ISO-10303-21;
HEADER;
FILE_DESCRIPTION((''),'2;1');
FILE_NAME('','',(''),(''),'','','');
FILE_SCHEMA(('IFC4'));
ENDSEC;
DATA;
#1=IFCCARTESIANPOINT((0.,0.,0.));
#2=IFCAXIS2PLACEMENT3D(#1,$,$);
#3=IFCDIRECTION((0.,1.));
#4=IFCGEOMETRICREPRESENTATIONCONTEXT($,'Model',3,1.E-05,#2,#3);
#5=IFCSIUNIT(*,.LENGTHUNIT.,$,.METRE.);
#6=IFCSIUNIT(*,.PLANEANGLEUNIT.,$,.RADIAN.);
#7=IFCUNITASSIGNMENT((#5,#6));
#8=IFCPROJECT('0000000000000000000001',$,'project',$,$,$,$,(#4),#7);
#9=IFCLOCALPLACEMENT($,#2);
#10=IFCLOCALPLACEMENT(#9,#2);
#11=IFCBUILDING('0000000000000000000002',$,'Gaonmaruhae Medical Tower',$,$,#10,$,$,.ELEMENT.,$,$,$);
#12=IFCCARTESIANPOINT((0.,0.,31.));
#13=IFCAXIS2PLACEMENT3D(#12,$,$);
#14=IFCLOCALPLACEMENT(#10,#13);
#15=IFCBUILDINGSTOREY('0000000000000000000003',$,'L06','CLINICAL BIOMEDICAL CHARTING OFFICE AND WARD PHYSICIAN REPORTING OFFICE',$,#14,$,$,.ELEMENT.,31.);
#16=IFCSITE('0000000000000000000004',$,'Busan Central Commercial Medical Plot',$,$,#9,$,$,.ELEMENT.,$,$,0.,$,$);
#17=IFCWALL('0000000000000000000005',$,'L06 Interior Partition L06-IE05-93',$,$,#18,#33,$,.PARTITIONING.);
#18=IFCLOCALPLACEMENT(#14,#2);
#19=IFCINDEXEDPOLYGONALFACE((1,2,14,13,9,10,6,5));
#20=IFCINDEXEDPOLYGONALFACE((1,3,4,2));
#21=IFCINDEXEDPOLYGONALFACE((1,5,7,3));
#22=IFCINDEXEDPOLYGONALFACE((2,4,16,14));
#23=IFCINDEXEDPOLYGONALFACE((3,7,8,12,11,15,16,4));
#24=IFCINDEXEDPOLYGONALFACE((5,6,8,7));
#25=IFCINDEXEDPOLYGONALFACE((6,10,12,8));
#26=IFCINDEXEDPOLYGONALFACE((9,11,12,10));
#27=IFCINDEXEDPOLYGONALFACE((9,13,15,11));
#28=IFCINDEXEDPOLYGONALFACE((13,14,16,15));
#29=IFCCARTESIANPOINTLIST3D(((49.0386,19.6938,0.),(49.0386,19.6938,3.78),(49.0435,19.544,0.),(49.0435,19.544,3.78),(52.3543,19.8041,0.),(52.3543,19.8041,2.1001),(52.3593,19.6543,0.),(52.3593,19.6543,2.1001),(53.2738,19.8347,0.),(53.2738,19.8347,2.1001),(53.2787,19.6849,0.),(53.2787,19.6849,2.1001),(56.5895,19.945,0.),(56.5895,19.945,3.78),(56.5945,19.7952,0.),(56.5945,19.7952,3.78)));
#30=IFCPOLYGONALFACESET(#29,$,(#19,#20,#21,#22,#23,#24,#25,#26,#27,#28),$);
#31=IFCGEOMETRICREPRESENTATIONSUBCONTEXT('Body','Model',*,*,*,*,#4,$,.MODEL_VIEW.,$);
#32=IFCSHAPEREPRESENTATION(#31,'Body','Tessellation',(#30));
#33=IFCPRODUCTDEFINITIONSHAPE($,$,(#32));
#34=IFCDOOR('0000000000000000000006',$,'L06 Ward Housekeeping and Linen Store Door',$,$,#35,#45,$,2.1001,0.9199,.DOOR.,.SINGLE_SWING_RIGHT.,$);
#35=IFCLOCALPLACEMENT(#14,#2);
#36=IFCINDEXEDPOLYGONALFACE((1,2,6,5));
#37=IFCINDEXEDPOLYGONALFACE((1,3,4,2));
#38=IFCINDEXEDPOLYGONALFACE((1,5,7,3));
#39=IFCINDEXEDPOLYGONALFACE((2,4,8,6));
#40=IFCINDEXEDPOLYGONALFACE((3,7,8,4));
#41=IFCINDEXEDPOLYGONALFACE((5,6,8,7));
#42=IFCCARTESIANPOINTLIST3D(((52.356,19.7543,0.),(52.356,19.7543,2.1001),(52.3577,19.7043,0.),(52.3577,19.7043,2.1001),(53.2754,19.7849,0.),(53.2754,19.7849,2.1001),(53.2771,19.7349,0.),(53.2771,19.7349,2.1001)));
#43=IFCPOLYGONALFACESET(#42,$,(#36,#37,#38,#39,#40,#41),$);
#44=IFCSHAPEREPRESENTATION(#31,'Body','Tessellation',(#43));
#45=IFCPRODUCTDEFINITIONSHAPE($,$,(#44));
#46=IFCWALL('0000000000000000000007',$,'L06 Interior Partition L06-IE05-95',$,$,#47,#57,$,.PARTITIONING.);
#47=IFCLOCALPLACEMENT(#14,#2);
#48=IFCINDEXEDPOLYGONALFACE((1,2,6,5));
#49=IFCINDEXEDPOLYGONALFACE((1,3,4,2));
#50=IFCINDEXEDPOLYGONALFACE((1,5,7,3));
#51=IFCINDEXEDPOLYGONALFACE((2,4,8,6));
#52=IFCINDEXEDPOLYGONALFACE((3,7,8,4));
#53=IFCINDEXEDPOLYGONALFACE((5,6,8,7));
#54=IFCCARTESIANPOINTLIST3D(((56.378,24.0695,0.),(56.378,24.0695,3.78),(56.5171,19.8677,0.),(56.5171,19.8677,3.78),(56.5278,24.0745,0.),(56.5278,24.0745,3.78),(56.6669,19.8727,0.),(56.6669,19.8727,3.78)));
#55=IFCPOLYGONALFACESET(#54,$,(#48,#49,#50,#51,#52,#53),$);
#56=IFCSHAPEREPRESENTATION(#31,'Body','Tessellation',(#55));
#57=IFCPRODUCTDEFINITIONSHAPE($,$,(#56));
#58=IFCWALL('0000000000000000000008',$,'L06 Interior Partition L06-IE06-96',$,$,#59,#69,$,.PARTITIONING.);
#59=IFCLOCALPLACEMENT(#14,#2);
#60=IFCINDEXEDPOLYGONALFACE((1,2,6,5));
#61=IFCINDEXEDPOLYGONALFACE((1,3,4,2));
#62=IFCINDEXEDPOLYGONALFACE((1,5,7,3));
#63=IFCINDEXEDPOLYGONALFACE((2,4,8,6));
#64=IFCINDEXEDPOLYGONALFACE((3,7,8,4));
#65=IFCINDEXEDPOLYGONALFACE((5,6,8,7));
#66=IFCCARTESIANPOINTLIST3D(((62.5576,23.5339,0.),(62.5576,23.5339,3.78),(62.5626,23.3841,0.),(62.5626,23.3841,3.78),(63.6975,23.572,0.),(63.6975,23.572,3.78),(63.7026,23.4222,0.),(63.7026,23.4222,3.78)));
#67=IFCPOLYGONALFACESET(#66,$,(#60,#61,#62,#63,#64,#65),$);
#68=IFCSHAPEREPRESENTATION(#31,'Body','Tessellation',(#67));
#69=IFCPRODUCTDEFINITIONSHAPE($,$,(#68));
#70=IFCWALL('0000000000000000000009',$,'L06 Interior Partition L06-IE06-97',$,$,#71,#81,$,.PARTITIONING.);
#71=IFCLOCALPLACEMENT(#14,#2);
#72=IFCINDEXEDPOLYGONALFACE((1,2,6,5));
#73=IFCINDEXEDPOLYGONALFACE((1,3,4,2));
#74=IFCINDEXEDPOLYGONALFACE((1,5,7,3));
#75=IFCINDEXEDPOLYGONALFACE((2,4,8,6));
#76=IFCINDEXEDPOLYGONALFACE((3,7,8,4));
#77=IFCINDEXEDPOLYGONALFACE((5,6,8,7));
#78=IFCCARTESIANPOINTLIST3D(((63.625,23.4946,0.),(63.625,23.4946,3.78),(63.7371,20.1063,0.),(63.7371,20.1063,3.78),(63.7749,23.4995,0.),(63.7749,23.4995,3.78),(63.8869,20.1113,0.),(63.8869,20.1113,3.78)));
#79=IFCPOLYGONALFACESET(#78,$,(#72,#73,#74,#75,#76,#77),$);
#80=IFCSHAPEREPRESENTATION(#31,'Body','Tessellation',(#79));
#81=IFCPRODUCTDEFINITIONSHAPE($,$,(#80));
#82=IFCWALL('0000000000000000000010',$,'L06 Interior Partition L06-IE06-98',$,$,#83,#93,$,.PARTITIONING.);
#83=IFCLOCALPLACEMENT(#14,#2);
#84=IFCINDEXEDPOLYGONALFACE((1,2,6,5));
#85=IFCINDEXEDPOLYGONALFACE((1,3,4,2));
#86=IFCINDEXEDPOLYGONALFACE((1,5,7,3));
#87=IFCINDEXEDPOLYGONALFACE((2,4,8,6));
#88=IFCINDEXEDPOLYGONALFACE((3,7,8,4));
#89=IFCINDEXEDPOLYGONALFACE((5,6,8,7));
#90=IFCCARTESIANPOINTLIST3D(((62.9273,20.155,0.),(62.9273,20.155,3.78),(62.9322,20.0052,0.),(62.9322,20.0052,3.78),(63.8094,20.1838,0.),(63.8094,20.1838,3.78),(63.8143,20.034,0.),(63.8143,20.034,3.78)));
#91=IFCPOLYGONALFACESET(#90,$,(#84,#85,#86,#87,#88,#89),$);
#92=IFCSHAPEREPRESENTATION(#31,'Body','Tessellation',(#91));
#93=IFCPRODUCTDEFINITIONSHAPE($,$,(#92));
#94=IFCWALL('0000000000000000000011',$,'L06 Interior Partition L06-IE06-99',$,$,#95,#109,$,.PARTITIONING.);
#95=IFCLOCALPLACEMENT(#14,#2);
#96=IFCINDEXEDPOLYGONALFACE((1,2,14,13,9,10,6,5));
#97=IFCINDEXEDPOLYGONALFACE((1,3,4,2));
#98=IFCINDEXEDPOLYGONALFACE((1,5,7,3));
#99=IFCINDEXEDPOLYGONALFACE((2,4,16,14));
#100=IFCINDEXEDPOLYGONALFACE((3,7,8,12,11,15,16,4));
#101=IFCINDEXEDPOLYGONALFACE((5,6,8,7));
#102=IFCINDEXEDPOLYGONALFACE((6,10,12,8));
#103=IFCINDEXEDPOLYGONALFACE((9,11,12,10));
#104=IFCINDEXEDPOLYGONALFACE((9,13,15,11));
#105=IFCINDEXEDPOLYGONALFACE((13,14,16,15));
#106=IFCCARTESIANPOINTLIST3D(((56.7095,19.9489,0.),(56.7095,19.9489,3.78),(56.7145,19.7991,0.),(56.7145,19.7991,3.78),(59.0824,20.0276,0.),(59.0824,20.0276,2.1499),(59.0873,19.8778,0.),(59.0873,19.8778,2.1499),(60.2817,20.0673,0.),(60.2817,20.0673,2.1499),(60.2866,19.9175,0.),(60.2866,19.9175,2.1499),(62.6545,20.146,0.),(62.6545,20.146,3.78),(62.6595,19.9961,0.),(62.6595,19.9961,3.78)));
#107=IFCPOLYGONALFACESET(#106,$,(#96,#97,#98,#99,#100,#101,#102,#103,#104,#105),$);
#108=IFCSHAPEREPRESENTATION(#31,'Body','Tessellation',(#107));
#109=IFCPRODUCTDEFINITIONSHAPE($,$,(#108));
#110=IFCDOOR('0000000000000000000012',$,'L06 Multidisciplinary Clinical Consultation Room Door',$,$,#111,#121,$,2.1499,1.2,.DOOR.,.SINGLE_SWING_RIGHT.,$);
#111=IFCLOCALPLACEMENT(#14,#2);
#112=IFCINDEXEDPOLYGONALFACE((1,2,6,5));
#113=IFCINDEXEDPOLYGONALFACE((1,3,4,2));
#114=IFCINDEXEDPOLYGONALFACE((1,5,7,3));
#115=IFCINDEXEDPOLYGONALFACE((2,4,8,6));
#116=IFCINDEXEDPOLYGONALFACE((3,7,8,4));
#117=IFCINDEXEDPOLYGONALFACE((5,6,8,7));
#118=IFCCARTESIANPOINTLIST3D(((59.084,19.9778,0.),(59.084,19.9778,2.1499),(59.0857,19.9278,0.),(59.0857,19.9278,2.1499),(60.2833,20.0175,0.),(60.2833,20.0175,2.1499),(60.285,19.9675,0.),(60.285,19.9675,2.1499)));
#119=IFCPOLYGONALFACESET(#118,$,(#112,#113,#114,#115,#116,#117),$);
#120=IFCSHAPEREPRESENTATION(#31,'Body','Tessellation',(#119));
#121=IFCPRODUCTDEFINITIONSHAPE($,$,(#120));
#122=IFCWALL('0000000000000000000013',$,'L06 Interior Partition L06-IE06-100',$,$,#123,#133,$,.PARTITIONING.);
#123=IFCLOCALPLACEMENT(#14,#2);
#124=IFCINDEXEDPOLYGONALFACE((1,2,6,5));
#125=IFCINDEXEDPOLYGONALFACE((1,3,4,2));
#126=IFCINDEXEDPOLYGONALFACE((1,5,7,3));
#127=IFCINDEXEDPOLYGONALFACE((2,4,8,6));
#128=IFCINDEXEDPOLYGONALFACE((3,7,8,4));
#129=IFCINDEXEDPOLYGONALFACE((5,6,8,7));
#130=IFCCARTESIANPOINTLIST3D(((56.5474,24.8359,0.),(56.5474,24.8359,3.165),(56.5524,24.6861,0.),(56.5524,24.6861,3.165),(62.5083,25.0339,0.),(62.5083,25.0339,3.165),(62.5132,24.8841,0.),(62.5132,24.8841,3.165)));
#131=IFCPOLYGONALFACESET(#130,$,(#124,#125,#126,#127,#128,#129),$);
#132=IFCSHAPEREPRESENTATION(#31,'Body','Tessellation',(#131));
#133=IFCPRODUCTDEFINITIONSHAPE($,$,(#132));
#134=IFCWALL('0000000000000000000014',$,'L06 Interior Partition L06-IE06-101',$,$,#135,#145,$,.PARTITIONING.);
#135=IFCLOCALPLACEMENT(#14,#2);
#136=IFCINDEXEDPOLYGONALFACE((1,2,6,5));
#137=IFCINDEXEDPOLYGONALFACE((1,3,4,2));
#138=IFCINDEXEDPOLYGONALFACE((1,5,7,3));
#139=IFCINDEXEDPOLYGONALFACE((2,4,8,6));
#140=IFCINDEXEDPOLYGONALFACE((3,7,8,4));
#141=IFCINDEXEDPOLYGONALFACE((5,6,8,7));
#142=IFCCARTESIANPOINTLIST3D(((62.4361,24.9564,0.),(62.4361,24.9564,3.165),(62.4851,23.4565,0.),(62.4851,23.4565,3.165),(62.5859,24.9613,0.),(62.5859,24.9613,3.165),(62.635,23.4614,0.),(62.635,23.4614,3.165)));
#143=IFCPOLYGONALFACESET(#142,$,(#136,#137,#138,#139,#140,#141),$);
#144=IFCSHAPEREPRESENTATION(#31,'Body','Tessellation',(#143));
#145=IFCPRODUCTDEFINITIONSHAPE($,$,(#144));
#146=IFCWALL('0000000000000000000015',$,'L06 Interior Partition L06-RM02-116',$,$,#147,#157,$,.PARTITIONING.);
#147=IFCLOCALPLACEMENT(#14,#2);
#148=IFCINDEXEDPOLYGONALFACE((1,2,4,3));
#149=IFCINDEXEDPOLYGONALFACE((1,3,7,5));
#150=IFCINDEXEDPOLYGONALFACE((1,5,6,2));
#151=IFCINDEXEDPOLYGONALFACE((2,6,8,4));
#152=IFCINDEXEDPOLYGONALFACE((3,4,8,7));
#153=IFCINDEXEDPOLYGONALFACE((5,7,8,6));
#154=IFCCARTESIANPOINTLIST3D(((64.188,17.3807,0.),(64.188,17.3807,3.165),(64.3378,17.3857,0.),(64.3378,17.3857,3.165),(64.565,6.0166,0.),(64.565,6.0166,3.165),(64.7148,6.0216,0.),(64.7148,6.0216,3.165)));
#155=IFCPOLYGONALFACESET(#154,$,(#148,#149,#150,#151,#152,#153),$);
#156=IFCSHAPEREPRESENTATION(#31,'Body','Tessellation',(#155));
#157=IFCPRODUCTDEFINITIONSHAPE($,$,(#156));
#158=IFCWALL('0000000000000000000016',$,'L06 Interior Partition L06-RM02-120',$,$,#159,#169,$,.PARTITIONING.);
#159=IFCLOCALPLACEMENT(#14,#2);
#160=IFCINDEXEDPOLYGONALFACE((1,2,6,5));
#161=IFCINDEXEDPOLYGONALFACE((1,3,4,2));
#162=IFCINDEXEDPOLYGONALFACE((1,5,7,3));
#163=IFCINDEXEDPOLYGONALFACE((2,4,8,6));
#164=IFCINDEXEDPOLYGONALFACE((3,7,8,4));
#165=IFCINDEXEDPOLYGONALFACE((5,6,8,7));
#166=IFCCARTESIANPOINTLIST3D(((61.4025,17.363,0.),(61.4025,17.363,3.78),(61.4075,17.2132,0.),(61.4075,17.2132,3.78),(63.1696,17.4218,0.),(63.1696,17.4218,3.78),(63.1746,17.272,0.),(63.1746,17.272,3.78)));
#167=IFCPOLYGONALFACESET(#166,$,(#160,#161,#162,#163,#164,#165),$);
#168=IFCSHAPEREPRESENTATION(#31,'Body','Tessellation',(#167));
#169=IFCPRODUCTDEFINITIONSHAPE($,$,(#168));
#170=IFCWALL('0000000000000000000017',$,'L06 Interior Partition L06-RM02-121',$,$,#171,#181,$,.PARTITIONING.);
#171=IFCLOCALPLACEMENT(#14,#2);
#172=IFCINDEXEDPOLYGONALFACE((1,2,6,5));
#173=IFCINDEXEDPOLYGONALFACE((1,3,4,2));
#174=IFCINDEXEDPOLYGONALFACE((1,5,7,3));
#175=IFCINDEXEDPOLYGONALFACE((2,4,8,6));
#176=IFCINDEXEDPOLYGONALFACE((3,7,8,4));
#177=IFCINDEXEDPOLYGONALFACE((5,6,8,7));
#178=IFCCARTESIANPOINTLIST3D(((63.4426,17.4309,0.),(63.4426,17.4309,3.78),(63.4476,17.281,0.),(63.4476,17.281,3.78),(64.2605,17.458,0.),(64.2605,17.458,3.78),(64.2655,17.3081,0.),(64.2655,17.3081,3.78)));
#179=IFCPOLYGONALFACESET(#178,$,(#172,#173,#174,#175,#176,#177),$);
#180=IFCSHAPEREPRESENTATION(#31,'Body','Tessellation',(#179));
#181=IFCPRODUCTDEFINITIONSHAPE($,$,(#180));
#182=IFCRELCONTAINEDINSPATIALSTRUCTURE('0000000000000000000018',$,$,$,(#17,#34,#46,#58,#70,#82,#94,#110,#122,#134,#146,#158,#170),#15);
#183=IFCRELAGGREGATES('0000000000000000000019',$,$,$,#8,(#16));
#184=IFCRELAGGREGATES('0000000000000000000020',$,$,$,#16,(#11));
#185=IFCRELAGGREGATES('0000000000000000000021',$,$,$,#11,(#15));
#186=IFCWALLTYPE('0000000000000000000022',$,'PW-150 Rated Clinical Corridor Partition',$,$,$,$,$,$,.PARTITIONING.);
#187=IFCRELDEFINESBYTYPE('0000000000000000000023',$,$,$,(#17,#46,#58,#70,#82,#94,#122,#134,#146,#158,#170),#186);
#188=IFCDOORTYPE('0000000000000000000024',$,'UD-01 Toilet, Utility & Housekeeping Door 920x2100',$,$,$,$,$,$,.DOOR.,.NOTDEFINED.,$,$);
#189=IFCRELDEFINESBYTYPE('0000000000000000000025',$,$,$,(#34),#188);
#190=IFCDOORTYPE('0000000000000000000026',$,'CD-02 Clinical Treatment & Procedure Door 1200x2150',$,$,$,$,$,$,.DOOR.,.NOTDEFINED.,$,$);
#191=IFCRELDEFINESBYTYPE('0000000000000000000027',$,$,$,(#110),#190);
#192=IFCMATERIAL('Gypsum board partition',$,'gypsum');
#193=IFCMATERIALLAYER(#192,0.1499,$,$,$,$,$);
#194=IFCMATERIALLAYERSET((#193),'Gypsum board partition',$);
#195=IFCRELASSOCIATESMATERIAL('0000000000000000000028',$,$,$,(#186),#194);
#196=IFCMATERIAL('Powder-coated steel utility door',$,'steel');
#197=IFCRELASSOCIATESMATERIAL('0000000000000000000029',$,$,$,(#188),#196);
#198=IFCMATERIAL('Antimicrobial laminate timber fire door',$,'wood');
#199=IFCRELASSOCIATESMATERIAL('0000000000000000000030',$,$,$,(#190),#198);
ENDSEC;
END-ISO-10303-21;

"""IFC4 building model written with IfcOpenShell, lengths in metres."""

from ifc_helpers import new_model, si_unit, direction, frame, frame_2d, origin, place, context, subcontext, project, spatial, rectangle, extrude, material, layer, layer_set, type_object, element, fill, save


model = new_model("IFC4")

# Units and contexts
model_context = context("Model", 3, precision=1e-05, world=origin(), true_north=direction((0.0, 1.0)))
body_context = subcontext(model_context, "Body", "Model", "MODEL_VIEW")
ifc_project = project(units=[si_unit("LENGTHUNIT", "METRE"), si_unit("PLANEANGLEUNIT", "RADIAN")], contexts=[model_context])

# Site, building, storey
site_placement = place(None, origin())
site = spatial("IfcSite", under=ifc_project, at=site_placement, Name="Busan Central Commercial Medical Plot", CompositionType="ELEMENT", RefElevation=0.0)
building_placement = place(site_placement, origin())
building = spatial("IfcBuilding", under=site, at=building_placement, Name="Gaonmaruhae Medical Tower", CompositionType="ELEMENT")
storey_placement = place(building_placement, frame((0.0, 0.0, 31.0)))
storey = spatial("IfcBuildingStorey", under=building, at=storey_placement, Name="L06", Description="CLINICAL BIOMEDICAL CHARTING OFFICE AND WARD PHYSICIAN REPORTING OFFICE", CompositionType="ELEMENT", Elevation=31.0)

# Wall, opening, door
ifc_material_1 = material(Name="Gypsum board partition", Category="gypsum")
ifc_layer_1 = layer(ifc_material_1, 0.1499)
ifc_layer_set_1 = layer_set([ifc_layer_1], Name="Gypsum board partition")
wall_type_1 = type_object("IfcWallType", Name="PW-150 Rated Clinical Corridor Partition", PredefinedType="PARTITIONING", material=ifc_layer_set_1)
wall_1_placement = place(storey_placement, frame((56.592, 19.8701, 0.0), z_axis=(0.0, 0.0, 1.0), x_axis=(-0.999447, -0.033251, 0.0)))
wall_1 = element("IfcWall", 1, at=wall_1_placement, inside=storey, type_object=wall_type_1, Name="L06 Interior Partition L06-IE05-93", PredefinedType="PARTITIONING", context=body_context, shape_type="SweptSolid", body=[
    extrude(rectangle(XDim=7.5552, YDim=0.1499, at=frame_2d((3.7776, 0.0))), origin(), (0.0, 0.0, 1.0), 3.78),
])
opening_1_placement = place(wall_1_placement, frame((3.3176, 0.0, 0.0)))
opening_1 = element("IfcOpeningElement", 2, at=opening_1_placement, cuts=wall_1, PredefinedType="OPENING", context=body_context, shape_type="SweptSolid", body=[
    extrude(rectangle(XDim=0.9199, YDim=2.1001, at=frame_2d((0.46, 1.05))), frame((0.0, 0.085, 0.0), z_axis=(0.0, -1.0, 0.0), x_axis=(1.0, 0.0, 0.0)), (0.0, 0.0, 1.0), 0.1699),
])
ifc_material_2 = material(Name="Powder-coated steel utility door", Category="steel")
door_type_1 = type_object("IfcDoorType", Name="UD-01 Toilet, Utility & Housekeeping Door 920x2100", OperationType="NOTDEFINED", PredefinedType="DOOR", material=ifc_material_2)
door_1_placement = place(opening_1_placement, origin())
door_1 = element("IfcDoor", 3, at=door_1_placement, inside=storey, type_object=door_type_1, Name="L06 Ward Housekeeping and Linen Store Door", OperationType="SINGLE_SWING_RIGHT", OverallHeight=2.1001, OverallWidth=0.9199, PredefinedType="DOOR", context=body_context, shape_type="SweptSolid", body=[
    extrude(rectangle(XDim=0.9199, YDim=2.1001, at=frame_2d((0.46, 1.05))), frame((0.0, 0.0249, 0.0), z_axis=(0.0, -1.0, 0.0), x_axis=(1.0, 0.0, 0.0)), (0.0, 0.0, 1.0), 0.05),
])
fill(opening_1, door_1)

# Walls
wall_2_placement = place(storey_placement, frame((56.4529, 24.072, 0.0), z_axis=(0.0, 0.0, 1.0), x_axis=(0.0331, -0.999452, 0.0)))
element("IfcWall", 4, at=wall_2_placement, inside=storey, type_object=wall_type_1, Name="L06 Interior Partition L06-IE05-95", PredefinedType="PARTITIONING", context=body_context, shape_type="SweptSolid", body=[
    extrude(rectangle(XDim=4.2041, YDim=0.1499, at=frame_2d((2.1021, 0.0))), origin(), (0.0, 0.0, 1.0), 3.78),
])
wall_3_placement = place(storey_placement, frame((62.5601, 23.459, 0.0), z_axis=(0.0, 0.0, 1.0), x_axis=(0.999442, 0.033393, 0.0)))
element("IfcWall", 5, at=wall_3_placement, inside=storey, type_object=wall_type_1, Name="L06 Interior Partition L06-IE06-96", PredefinedType="PARTITIONING", context=body_context, shape_type="SweptSolid", body=[
    extrude(rectangle(XDim=1.1406, YDim=0.1499, at=frame_2d((0.5703, 0.0))), origin(), (0.0, 0.0, 1.0), 3.78),
])
wall_4_placement = place(storey_placement, frame((63.7, 23.4971, 0.0), z_axis=(0.0, 0.0, 1.0), x_axis=(0.033056, -0.999454, 0.0)))
element("IfcWall", 6, at=wall_4_placement, inside=storey, type_object=wall_type_1, Name="L06 Interior Partition L06-IE06-97", PredefinedType="PARTITIONING", context=body_context, shape_type="SweptSolid", body=[
    extrude(rectangle(XDim=3.3901, YDim=0.1499, at=frame_2d((1.6951, 0.0))), origin(), (0.0, 0.0, 1.0), 3.78),
])
wall_5_placement = place(storey_placement, frame((63.812, 20.1089, 0.0), z_axis=(0.0, 0.0, 1.0), x_axis=(-0.999467, -0.032642, 0.0)))
element("IfcWall", 7, at=wall_5_placement, inside=storey, type_object=wall_type_1, Name="L06 Interior Partition L06-IE06-98", PredefinedType="PARTITIONING", context=body_context, shape_type="SweptSolid", body=[
    extrude(rectangle(XDim=0.8826, YDim=0.1499, at=frame_2d((0.4414, 0.0))), origin(), (0.0, 0.0, 1.0), 3.78),
])

# Wall, opening, door
wall_6_placement = place(storey_placement, frame((62.657, 20.071, 0.0), z_axis=(0.0, 0.0, 1.0), x_axis=(-0.999451, -0.033122, 0.0)))
wall_6 = element("IfcWall", 8, at=wall_6_placement, inside=storey, type_object=wall_type_1, Name="L06 Interior Partition L06-IE06-99", PredefinedType="PARTITIONING", context=body_context, shape_type="SweptSolid", body=[
    extrude(rectangle(XDim=5.9482, YDim=0.1499, at=frame_2d((2.9741, 0.0))), origin(), (0.0, 0.0, 1.0), 3.78),
])
opening_2_placement = place(wall_6_placement, frame((2.374, 0.0, 0.0)))
opening_2 = element("IfcOpeningElement", 9, at=opening_2_placement, cuts=wall_6, PredefinedType="OPENING", context=body_context, shape_type="SweptSolid", body=[
    extrude(rectangle(XDim=1.2, YDim=2.1499, at=frame_2d((0.6001, 1.075))), frame((0.0, 0.085, 0.0), z_axis=(0.0, -1.0, 0.0), x_axis=(1.0, 0.0, 0.0)), (0.0, 0.0, 1.0), 0.1699),
])
ifc_material_3 = material(Name="Antimicrobial laminate timber fire door", Category="wood")
door_type_2 = type_object("IfcDoorType", Name="CD-02 Clinical Treatment & Procedure Door 1200x2150", OperationType="NOTDEFINED", PredefinedType="DOOR", material=ifc_material_3)
door_2_placement = place(opening_2_placement, origin())
door_2 = element("IfcDoor", 10, at=door_2_placement, inside=storey, type_object=door_type_2, Name="L06 Multidisciplinary Clinical Consultation Room Door", OperationType="SINGLE_SWING_RIGHT", OverallHeight=2.1499, OverallWidth=1.2, PredefinedType="DOOR", context=body_context, shape_type="SweptSolid", body=[
    extrude(rectangle(XDim=1.2, YDim=2.1499, at=frame_2d((0.6001, 1.075))), frame((0.0, 0.0249, 0.0), z_axis=(0.0, -1.0, 0.0), x_axis=(1.0, 0.0, 0.0)), (0.0, 0.0, 1.0), 0.05),
])
fill(opening_2, door_2)

# Walls
wall_7_placement = place(storey_placement, frame((56.55, 24.761, 0.0), z_axis=(0.0, 0.0, 1.0), x_axis=(0.999449, 0.033198, 0.0)))
element("IfcWall", 11, at=wall_7_placement, inside=storey, type_object=wall_type_1, Name="L06 Interior Partition L06-IE06-100", PredefinedType="PARTITIONING", context=body_context, shape_type="SweptSolid", body=[
    extrude(rectangle(XDim=5.9641, YDim=0.1499, at=frame_2d((2.9819, 0.0))), origin(), (0.0, 0.0, 1.0), 3.165),
])
wall_8_placement = place(storey_placement, frame((62.511, 24.959, 0.0), z_axis=(0.0, 0.0, 1.0), x_axis=(0.032697, -0.999465, 0.0)))
element("IfcWall", 12, at=wall_8_placement, inside=storey, type_object=wall_type_1, Name="L06 Interior Partition L06-IE06-101", PredefinedType="PARTITIONING", context=body_context, shape_type="SweptSolid", body=[
    extrude(rectangle(XDim=1.5007, YDim=0.1499, at=frame_2d((0.7505, 0.0))), origin(), (0.0, 0.0, 1.0), 3.165),
])
wall_9_placement = place(storey_placement, frame((64.2629, 17.3831, 0.0), z_axis=(0.0, 0.0, 1.0), x_axis=(0.033153, -0.99945, 0.0)))
element("IfcWall", 13, at=wall_9_placement, inside=storey, type_object=wall_type_1, Name="L06 Interior Partition L06-RM02-116", PredefinedType="PARTITIONING", context=body_context, shape_type="SweptSolid", body=[
    extrude(rectangle(XDim=11.3704, YDim=0.1499, at=frame_2d((5.6851, 0.0))), origin(), (0.0, 0.0, 1.0), 3.165),
])
wall_10_placement = place(storey_placement, frame((61.405, 17.2881, 0.0), z_axis=(0.0, 0.0, 1.0), x_axis=(0.999446, 0.033278, 0.0)))
element("IfcWall", 14, at=wall_10_placement, inside=storey, type_object=wall_type_1, Name="L06 Interior Partition L06-RM02-120", PredefinedType="PARTITIONING", context=body_context, shape_type="SweptSolid", body=[
    extrude(rectangle(XDim=1.7681, YDim=0.1499, at=frame_2d((0.884, 0.0))), origin(), (0.0, 0.0, 1.0), 3.78),
])
wall_11_placement = place(storey_placement, frame((63.4451, 17.356, 0.0), z_axis=(0.0, 0.0, 1.0), x_axis=(0.999452, 0.033116, 0.0)))
element("IfcWall", 15, at=wall_11_placement, inside=storey, type_object=wall_type_1, Name="L06 Interior Partition L06-RM02-121", PredefinedType="PARTITIONING", context=body_context, shape_type="SweptSolid", body=[
    extrude(rectangle(XDim=0.8184, YDim=0.1499, at=frame_2d((0.4092, 0.0))), origin(), (0.0, 0.0, 1.0), 3.78),
])

save(model, "model.ifc")
